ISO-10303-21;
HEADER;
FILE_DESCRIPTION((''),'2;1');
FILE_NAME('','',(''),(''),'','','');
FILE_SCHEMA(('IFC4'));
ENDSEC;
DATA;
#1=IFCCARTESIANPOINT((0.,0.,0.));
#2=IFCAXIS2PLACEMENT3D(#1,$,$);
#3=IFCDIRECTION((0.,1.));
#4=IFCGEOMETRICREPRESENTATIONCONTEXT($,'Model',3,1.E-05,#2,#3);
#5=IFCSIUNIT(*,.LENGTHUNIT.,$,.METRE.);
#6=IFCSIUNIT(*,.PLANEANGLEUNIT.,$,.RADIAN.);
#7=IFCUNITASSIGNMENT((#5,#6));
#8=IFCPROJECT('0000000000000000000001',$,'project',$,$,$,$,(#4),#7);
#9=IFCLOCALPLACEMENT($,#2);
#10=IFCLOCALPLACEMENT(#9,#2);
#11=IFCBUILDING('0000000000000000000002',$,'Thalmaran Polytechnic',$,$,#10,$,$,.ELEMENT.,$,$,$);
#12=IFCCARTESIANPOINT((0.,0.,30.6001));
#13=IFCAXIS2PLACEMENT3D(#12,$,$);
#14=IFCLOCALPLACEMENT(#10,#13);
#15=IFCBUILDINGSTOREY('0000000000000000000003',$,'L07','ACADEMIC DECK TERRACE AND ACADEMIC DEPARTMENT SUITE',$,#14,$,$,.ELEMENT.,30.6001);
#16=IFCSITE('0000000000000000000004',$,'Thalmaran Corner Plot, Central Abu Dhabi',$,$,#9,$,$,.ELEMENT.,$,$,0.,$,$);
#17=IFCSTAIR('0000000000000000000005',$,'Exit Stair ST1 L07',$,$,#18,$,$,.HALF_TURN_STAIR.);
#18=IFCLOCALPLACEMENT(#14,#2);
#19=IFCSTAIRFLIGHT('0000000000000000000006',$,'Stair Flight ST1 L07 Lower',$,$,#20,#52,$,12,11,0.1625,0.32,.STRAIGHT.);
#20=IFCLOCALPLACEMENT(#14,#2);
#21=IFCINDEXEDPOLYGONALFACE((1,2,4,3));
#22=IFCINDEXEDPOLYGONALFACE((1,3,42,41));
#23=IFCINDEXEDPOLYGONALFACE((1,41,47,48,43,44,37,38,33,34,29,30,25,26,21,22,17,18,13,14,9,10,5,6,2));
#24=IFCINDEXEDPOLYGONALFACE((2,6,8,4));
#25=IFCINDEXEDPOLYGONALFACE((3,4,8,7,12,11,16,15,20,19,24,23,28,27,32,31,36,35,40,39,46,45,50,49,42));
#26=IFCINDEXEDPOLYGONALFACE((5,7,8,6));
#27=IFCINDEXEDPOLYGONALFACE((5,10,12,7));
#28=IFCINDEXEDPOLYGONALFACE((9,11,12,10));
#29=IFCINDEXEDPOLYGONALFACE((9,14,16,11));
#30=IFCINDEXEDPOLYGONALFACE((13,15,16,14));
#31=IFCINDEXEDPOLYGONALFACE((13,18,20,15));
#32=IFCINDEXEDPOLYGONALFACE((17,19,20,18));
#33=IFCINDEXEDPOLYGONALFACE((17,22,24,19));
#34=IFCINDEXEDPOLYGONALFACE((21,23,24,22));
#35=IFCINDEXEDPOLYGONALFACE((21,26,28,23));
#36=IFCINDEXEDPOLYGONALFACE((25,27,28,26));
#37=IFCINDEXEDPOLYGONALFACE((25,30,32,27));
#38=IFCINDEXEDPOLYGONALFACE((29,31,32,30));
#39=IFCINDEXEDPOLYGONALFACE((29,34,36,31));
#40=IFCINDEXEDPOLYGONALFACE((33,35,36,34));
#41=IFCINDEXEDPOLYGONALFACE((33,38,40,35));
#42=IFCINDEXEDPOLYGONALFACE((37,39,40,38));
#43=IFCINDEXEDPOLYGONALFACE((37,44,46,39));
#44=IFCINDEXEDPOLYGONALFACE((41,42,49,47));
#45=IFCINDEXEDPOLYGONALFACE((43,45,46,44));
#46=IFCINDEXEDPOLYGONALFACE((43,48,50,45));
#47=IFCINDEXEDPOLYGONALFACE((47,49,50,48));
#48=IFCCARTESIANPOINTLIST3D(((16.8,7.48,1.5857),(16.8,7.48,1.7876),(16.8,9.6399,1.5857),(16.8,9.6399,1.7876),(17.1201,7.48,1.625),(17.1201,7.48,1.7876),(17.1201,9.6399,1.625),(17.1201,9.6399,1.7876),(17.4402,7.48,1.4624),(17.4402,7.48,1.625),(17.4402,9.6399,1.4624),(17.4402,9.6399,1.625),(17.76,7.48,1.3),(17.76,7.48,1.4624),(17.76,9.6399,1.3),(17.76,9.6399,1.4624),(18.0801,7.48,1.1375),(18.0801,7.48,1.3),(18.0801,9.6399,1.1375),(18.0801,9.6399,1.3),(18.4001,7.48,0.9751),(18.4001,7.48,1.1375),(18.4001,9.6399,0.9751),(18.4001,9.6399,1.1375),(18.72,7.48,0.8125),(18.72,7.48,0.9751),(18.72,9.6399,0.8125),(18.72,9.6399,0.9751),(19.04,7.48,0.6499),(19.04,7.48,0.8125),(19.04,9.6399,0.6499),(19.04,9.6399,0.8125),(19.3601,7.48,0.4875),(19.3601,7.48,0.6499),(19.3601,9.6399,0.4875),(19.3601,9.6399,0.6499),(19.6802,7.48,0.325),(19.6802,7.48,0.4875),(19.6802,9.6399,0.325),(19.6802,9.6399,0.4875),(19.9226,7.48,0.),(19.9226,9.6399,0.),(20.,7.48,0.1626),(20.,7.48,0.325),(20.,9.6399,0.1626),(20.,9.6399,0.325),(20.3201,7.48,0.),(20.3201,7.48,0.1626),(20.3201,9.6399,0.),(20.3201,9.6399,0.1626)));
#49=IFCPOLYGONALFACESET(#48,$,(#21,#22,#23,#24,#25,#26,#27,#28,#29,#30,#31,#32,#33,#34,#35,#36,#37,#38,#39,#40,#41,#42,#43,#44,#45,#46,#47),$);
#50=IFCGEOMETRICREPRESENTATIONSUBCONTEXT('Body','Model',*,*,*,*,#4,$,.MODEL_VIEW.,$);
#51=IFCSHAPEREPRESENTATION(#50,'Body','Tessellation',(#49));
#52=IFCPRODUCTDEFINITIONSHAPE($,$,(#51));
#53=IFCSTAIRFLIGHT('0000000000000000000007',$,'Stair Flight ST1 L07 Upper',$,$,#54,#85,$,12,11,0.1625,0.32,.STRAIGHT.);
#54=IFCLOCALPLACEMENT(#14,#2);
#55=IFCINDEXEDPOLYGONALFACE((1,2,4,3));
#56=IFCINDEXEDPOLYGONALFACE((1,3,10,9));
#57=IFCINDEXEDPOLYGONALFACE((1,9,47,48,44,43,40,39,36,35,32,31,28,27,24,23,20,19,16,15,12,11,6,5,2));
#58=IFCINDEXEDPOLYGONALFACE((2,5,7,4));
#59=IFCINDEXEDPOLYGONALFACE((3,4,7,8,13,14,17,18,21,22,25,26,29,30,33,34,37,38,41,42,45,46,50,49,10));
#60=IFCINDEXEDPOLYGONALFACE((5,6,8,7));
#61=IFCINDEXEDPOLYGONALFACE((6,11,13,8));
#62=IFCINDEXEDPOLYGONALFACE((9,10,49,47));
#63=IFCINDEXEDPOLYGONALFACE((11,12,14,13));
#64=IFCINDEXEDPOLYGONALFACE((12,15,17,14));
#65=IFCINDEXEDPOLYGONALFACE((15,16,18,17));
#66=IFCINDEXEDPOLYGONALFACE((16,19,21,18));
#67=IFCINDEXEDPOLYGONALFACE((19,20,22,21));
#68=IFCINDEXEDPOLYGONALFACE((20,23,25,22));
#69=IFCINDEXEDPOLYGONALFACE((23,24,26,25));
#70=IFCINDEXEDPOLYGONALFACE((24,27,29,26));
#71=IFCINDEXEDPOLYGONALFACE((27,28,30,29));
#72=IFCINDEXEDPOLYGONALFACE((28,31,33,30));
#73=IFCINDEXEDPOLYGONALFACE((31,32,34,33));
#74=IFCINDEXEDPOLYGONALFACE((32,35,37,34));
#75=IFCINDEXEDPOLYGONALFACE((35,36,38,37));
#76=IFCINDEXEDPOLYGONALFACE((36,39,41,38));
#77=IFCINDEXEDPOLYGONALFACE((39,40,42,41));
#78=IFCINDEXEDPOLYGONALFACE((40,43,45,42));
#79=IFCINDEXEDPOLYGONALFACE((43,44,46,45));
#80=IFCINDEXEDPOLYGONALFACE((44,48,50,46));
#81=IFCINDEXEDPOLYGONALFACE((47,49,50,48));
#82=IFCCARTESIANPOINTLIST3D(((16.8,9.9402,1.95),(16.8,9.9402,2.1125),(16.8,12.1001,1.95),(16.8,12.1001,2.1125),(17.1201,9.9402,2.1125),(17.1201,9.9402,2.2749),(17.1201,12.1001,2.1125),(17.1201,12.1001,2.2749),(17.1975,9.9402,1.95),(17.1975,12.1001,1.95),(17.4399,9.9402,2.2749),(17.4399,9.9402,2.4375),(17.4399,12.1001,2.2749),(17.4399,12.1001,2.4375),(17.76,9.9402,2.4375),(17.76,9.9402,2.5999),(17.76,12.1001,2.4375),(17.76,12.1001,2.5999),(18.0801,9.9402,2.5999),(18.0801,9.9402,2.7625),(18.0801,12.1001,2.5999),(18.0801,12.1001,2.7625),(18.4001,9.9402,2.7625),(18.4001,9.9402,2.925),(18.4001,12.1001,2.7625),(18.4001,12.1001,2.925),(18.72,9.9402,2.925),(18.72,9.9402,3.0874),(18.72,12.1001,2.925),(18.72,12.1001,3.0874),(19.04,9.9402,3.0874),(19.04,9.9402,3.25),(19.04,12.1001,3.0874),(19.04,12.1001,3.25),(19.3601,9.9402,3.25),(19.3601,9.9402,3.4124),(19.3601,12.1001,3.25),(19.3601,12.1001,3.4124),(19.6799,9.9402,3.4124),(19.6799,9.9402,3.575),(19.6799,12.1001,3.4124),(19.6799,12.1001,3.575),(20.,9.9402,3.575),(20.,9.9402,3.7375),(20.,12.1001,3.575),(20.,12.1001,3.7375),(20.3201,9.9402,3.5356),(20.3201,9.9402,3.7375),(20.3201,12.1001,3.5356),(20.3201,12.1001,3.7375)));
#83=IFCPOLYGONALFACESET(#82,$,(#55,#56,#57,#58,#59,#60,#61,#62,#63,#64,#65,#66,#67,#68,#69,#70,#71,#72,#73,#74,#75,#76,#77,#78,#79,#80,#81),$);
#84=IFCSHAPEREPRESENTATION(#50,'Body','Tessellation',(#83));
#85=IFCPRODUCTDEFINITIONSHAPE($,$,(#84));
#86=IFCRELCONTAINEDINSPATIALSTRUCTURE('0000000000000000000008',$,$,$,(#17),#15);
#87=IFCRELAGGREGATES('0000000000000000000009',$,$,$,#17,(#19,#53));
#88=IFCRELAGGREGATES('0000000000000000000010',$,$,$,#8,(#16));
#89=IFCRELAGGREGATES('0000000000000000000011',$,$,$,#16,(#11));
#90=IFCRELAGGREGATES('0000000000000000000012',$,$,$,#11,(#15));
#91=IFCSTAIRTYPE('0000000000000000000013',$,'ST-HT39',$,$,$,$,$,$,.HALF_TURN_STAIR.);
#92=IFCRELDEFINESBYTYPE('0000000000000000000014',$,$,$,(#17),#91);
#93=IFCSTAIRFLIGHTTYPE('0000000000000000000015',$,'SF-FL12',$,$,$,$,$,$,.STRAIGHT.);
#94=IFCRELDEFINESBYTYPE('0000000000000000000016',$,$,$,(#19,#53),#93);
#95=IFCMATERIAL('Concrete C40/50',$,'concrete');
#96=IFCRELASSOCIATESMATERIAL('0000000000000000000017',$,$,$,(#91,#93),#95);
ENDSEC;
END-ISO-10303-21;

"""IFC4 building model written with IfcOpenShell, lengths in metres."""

from ifc_helpers import new_model, si_unit, direction, frame, origin, place, context, subcontext, project, spatial, polyline, outline, extrude, material, type_object, element, aggregate, save


model = new_model("IFC4")

# Units and contexts
model_context = context("Model", 3, precision=1e-05, world=origin(), true_north=direction((0.0, 1.0)))
body_context = subcontext(model_context, "Body", "Model", "MODEL_VIEW")
ifc_project = project(units=[si_unit("LENGTHUNIT", "METRE"), si_unit("PLANEANGLEUNIT", "RADIAN")], contexts=[model_context])

# Site, building, storey
site_placement = place(None, origin())
site = spatial("IfcSite", under=ifc_project, at=site_placement, Name="Thalmaran Corner Plot, Central Abu Dhabi", CompositionType="ELEMENT", RefElevation=0.0)
building_placement = place(site_placement, origin())
building = spatial("IfcBuilding", under=site, at=building_placement, Name="Thalmaran Polytechnic", CompositionType="ELEMENT")
storey_placement = place(building_placement, frame((0.0, 0.0, 30.6001)))
storey = spatial("IfcBuildingStorey", under=building, at=storey_placement, Name="L07", Description="ACADEMIC DECK TERRACE AND ACADEMIC DEPARTMENT SUITE", CompositionType="ELEMENT", Elevation=30.6001)

# Shared definitions
ifc_material_1 = material(Name="Concrete C40/50", Category="concrete")

# Stair, stair flights
stair_type = type_object("IfcStairType", Name="ST-HT39", PredefinedType="HALF_TURN_STAIR", material=ifc_material_1)
stair_placement = place(storey_placement, origin())
stair = element("IfcStair", 1, at=stair_placement, inside=storey, type_object=stair_type, Name="Exit Stair ST1 L07", PredefinedType="HALF_TURN_STAIR")
stair_flight_type = type_object("IfcStairFlightType", Name="SF-FL12", PredefinedType="STRAIGHT", material=ifc_material_1)
stair_flight_1_placement = place(storey_placement, frame((20.3201, 8.5601, 0.0), z_axis=(0.0, 0.0, 1.0), x_axis=(-1.0, 0.0, 0.0)))
stair_flight_1 = element("IfcStairFlight", 2, at=stair_flight_1_placement, type_object=stair_flight_type, Name="Stair Flight ST1 L07 Lower", NumberOfRisers=12, NumberOfTreads=11, PredefinedType="STRAIGHT", RiserHeight=0.1625, TreadLength=0.32, context=body_context, shape_type="SweptSolid", body=[
    extrude(outline(polyline([(0.0, 0.0), (0.0, 0.1626), (0.3201, 0.1626), (0.3201, 0.325), (0.6399, 0.325), (0.6399, 0.4875), (0.96, 0.4875), (0.96, 0.6499), (1.28, 0.6499), (1.28, 0.8125), (1.6001, 0.8125), (1.6001, 0.9751), (1.9199, 0.9751), (1.9199, 1.1375), (2.24, 1.1375), (2.24, 1.3), (2.5601, 1.3), (2.5601, 1.4624), (2.8799, 1.4624), (2.8799, 1.625), (3.2, 1.625), (3.2, 1.7876), (3.52, 1.7876), (3.52, 1.95), (3.52, 1.5857), (0.3975, 0.0), (0.0, 0.0)])), frame((0.0, 1.0801, 0.0), z_axis=(0.0, -1.0, 0.0), x_axis=(1.0, 0.0, 0.0)), (0.0, 0.0, 1.0), 2.1599),
])
stair_flight_2_placement = place(storey_placement, frame((16.8, 11.02, 1.95), z_axis=(0.0, 0.0, 1.0), x_axis=(1.0, 0.0, 0.0)))
stair_flight_2 = element("IfcStairFlight", 3, at=stair_flight_2_placement, type_object=stair_flight_type, Name="Stair Flight ST1 L07 Upper", NumberOfRisers=12, NumberOfTreads=11, PredefinedType="STRAIGHT", RiserHeight=0.1625, TreadLength=0.32, context=body_context, shape_type="SweptSolid", body=[
    extrude(outline(polyline([(0.0, 0.0), (0.0, 0.1626), (0.3201, 0.1626), (0.3201, 0.325), (0.6399, 0.325), (0.6399, 0.4875), (0.96, 0.4875), (0.96, 0.6499), (1.28, 0.6499), (1.28, 0.8125), (1.6001, 0.8125), (1.6001, 0.9751), (1.9199, 0.9751), (1.9199, 1.1375), (2.24, 1.1375), (2.24, 1.3), (2.5601, 1.3), (2.5601, 1.4624), (2.8799, 1.4624), (2.8799, 1.625), (3.2, 1.625), (3.2, 1.7876), (3.52, 1.7876), (3.52, 1.95), (3.52, 1.5857), (0.3975, 0.0), (0.0, 0.0)])), frame((0.0, 1.0801, 0.0), z_axis=(0.0, -1.0, 0.0), x_axis=(1.0, 0.0, 0.0)), (0.0, 0.0, 1.0), 2.1599),
])
aggregate(stair, [stair_flight_1, stair_flight_2])

save(model, "model.ifc")
